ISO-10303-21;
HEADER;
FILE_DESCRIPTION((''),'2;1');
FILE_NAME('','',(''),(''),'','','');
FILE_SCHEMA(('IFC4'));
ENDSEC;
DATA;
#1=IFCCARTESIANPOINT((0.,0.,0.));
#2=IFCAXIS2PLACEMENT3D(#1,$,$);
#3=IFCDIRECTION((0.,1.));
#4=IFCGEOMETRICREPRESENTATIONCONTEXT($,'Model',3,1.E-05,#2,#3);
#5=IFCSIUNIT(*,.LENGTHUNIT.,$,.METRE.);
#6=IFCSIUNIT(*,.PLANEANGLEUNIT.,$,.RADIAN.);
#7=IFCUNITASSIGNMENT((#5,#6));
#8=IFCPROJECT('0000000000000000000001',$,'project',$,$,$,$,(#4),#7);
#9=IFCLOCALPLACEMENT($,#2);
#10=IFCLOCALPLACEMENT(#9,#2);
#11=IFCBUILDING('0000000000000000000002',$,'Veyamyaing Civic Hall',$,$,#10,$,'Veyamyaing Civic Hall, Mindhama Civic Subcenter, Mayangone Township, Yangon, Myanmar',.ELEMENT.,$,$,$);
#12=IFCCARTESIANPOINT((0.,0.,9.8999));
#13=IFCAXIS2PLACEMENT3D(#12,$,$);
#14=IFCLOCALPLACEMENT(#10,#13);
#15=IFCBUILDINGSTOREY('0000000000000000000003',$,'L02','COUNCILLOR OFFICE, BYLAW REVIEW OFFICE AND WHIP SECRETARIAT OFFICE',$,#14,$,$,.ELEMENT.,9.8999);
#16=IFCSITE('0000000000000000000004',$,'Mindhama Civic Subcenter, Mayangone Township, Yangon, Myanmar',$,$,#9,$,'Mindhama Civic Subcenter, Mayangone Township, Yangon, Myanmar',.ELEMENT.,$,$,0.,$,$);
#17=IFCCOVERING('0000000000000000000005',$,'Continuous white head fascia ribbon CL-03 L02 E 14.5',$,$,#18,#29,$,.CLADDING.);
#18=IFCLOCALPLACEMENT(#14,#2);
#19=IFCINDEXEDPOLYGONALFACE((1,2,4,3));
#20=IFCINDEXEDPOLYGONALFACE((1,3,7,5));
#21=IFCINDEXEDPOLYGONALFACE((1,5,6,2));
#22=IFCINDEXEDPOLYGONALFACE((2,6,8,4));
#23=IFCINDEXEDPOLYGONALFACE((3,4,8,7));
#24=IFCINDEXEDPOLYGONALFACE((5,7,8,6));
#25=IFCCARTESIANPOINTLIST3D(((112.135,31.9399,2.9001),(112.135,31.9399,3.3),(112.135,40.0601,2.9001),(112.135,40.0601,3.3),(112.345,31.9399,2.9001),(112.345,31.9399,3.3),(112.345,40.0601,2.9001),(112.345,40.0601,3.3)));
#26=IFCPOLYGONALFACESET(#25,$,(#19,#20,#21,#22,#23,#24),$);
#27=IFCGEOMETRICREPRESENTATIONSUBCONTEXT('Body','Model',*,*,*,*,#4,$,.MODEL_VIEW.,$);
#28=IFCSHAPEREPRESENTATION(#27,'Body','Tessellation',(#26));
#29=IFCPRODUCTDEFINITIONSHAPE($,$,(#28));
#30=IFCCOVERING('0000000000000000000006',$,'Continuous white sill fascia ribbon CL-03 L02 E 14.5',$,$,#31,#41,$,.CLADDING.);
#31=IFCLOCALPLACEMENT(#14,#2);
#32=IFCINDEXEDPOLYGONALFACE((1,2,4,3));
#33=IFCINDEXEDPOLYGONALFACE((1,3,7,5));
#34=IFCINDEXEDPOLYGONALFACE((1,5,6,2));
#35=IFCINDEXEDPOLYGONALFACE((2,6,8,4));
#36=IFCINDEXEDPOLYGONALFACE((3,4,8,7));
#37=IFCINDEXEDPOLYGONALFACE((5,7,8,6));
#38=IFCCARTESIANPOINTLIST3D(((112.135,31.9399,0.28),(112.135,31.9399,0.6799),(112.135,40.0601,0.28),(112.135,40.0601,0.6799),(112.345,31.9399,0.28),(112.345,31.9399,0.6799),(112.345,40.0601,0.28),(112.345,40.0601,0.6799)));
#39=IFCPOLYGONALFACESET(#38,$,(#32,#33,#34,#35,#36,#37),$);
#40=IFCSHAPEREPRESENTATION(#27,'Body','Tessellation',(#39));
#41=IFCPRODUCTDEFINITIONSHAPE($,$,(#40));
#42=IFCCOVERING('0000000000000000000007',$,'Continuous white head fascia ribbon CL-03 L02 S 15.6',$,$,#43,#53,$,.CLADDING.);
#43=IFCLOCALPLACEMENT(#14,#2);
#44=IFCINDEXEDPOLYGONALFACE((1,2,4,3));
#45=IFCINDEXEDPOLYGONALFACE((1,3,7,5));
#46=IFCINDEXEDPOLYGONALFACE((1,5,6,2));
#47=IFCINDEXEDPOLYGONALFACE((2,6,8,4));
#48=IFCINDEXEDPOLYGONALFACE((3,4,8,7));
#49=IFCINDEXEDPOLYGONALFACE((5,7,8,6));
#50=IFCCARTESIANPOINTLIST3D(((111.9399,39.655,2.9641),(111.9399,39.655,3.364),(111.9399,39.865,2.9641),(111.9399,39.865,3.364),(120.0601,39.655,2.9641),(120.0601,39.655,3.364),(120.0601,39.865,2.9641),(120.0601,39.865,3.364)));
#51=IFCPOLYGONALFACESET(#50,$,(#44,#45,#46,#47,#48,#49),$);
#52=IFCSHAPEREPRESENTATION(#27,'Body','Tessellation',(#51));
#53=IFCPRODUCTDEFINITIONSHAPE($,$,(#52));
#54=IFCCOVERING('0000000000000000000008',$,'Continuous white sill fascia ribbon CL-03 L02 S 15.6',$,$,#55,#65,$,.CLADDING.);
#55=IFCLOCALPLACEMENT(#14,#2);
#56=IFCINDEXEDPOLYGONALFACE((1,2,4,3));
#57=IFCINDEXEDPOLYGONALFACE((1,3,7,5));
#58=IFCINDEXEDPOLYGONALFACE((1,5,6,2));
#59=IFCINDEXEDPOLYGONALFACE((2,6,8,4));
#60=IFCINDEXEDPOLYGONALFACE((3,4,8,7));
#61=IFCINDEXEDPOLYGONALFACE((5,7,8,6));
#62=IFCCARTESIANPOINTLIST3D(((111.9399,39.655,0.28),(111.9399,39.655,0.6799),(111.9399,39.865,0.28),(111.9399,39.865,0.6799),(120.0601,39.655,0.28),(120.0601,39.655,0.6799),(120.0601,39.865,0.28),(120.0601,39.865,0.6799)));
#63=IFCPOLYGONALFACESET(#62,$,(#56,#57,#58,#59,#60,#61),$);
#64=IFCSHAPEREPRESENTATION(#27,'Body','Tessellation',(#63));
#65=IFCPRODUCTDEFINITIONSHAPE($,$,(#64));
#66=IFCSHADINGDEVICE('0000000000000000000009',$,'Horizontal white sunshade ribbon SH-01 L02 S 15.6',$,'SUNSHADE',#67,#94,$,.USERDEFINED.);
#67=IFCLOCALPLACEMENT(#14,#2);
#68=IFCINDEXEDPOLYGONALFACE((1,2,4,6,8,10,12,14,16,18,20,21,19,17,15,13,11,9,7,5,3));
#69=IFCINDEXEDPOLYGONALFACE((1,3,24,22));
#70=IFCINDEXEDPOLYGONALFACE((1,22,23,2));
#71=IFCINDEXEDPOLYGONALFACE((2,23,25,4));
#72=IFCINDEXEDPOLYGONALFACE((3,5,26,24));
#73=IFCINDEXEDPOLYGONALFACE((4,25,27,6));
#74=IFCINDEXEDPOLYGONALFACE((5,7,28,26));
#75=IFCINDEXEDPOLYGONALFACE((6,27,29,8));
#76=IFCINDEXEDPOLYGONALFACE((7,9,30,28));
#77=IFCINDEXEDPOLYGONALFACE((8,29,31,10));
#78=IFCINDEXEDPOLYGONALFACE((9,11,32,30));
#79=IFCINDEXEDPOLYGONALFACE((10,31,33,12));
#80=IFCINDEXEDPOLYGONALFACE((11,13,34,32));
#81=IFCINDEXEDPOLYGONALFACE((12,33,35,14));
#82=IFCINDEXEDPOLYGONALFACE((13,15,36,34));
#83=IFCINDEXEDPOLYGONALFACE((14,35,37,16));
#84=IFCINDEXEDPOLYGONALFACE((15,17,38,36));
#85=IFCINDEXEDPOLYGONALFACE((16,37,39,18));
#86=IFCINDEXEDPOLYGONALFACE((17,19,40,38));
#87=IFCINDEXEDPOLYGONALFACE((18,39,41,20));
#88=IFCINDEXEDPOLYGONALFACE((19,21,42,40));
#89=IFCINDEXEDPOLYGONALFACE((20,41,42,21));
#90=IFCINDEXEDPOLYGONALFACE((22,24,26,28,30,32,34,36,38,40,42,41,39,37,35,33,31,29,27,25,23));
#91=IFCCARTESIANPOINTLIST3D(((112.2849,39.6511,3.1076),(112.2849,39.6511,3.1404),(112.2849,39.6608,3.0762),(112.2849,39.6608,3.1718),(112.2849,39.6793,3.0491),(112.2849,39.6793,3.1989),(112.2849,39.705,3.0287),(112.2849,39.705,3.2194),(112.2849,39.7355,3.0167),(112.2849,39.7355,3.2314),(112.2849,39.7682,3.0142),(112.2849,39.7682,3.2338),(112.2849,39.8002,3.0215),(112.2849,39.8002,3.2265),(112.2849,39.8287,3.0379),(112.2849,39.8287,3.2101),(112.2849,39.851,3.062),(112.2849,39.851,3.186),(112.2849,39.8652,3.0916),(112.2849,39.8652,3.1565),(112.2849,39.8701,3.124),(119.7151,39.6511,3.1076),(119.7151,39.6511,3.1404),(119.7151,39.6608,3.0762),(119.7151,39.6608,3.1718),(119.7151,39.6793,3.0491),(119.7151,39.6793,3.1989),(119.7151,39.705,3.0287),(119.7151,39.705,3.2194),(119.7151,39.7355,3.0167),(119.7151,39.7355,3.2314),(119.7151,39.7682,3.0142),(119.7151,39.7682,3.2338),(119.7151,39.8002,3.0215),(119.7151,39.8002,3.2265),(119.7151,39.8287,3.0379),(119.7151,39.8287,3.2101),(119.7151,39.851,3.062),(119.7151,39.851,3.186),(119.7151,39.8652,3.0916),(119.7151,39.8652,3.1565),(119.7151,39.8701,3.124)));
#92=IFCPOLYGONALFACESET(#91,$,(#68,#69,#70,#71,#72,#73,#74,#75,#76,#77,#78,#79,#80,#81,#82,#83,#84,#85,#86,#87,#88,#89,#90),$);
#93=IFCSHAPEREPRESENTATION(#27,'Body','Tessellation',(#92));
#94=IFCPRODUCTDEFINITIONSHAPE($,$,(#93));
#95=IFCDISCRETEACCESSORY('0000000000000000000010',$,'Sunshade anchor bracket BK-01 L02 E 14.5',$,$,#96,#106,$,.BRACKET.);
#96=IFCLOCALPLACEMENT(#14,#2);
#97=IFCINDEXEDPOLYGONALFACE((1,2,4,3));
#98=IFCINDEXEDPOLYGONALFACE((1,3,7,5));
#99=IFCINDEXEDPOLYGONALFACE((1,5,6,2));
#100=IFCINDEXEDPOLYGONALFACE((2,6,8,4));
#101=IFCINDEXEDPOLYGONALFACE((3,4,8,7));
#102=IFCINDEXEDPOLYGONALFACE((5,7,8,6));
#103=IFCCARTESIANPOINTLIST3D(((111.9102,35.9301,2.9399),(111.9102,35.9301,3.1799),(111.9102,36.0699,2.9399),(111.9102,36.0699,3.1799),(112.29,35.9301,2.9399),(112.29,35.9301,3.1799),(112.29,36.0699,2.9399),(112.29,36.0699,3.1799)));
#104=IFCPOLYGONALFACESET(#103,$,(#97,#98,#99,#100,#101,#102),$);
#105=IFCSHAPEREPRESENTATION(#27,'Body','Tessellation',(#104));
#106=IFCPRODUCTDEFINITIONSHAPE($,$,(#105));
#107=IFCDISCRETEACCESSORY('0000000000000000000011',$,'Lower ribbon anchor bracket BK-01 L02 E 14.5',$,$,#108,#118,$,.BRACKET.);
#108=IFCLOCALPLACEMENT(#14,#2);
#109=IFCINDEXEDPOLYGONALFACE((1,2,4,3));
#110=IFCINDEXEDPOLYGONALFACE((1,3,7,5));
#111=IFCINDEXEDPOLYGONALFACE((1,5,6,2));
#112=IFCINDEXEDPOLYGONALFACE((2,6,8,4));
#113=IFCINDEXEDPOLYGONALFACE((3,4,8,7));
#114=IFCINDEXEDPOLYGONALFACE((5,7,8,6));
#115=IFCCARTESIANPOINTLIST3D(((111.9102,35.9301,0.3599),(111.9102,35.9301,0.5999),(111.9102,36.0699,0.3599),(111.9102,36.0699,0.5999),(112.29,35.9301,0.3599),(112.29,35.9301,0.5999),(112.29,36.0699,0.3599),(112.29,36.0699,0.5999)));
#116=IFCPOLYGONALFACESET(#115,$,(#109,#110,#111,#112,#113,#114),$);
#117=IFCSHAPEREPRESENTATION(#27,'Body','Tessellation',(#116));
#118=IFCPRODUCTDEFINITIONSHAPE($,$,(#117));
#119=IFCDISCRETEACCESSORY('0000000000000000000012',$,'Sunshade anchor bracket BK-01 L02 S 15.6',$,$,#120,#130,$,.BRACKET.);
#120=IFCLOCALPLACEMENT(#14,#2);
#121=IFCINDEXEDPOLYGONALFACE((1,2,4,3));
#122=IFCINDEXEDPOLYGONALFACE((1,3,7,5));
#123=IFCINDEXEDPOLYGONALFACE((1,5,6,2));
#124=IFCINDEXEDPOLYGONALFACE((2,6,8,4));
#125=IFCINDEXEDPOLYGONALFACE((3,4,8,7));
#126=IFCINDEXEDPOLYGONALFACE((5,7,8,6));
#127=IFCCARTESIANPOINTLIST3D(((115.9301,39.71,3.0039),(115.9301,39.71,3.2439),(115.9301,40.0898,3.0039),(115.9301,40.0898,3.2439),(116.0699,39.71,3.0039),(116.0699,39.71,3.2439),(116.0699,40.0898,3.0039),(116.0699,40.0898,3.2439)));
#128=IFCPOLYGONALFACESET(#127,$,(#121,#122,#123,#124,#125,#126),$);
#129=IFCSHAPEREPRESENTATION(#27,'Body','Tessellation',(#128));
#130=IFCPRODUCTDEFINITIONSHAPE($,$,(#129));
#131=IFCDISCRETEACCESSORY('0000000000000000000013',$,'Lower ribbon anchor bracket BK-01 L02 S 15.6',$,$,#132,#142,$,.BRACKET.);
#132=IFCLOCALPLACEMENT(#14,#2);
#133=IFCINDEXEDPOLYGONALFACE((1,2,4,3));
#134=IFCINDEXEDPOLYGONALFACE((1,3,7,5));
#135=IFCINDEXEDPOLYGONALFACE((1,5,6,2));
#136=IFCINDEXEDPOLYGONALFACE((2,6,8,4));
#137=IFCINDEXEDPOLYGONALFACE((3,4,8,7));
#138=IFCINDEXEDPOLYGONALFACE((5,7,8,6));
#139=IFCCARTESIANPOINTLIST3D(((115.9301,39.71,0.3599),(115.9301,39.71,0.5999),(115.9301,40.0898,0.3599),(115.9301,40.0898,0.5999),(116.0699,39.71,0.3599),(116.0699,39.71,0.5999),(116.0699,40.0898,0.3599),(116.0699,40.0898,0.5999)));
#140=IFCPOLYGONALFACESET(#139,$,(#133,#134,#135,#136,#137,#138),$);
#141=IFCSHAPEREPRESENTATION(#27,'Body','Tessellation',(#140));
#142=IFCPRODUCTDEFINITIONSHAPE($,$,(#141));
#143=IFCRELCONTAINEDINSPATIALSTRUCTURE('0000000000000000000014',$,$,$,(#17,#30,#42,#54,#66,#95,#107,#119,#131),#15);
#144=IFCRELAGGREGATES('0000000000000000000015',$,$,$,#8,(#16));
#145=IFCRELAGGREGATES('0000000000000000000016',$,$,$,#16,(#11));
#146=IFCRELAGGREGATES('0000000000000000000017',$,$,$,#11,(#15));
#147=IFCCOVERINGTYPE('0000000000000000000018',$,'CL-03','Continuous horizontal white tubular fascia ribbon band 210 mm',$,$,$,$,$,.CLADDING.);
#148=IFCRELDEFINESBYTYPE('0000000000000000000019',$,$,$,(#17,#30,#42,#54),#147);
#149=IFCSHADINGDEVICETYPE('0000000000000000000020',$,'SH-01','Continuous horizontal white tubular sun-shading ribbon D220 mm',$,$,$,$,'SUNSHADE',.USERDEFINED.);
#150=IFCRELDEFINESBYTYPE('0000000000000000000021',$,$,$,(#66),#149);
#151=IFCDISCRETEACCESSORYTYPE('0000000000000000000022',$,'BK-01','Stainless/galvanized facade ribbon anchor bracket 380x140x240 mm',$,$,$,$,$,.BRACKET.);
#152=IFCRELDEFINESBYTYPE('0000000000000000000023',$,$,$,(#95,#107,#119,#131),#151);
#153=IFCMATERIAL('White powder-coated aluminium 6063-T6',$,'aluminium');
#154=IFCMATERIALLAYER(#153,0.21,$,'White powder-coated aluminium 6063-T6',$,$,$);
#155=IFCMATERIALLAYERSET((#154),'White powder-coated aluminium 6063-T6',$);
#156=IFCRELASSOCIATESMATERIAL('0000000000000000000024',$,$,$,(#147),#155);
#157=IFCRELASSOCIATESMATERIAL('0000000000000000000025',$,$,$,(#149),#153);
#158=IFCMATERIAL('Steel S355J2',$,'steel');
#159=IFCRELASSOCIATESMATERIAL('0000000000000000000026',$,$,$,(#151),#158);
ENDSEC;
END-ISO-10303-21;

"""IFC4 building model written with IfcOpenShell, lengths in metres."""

from ifc_helpers import new_model, si_unit, direction, frame, origin, origin_2d, place, context, subcontext, project, spatial, rectangle, circle, extrude, material, layer, layer_set, material_profile, profile_set, type_object, element, save


model = new_model("IFC4")

# Units and contexts
model_context = context("Model", 3, precision=1e-05, world=origin(), true_north=direction((0.0, 1.0)))
body_context = subcontext(model_context, "Body", "Model", "MODEL_VIEW")
ifc_project = project(units=[si_unit("LENGTHUNIT", "METRE"), si_unit("PLANEANGLEUNIT", "RADIAN")], contexts=[model_context])

# Site, building, storey
site_placement = place(None, origin())
site = spatial("IfcSite", under=ifc_project, at=site_placement, Name="Mindhama Civic Subcenter, Mayangone Township, Yangon, Myanmar", LongName="Mindhama Civic Subcenter, Mayangone Township, Yangon, Myanmar", CompositionType="ELEMENT", RefElevation=0.0)
building_placement = place(site_placement, origin())
building = spatial("IfcBuilding", under=site, at=building_placement, Name="Veyamyaing Civic Hall", LongName="Veyamyaing Civic Hall, Mindhama Civic Subcenter, Mayangone Township, Yangon, Myanmar", CompositionType="ELEMENT")
storey_placement = place(building_placement, frame((0.0, 0.0, 9.8999)))
storey = spatial("IfcBuildingStorey", under=building, at=storey_placement, Name="L02", Description="COUNCILLOR OFFICE, BYLAW REVIEW OFFICE AND WHIP SECRETARIAT OFFICE", CompositionType="ELEMENT", Elevation=9.8999)

# Shared definitions
ifc_material_1 = material(Name="Steel S355J2", Category="steel")

# Coverings
ifc_material_2 = material(Name="White powder-coated aluminium 6063-T6", Category="aluminium")
ifc_layer_1 = layer(ifc_material_2, 0.21, Name="White powder-coated aluminium 6063-T6")
ifc_layer_set_1 = layer_set([ifc_layer_1], Name="White powder-coated aluminium 6063-T6")
covering_type_1 = type_object("IfcCoveringType", Name="CL-03", Description="Continuous horizontal white tubular fascia ribbon band 210 mm", PredefinedType="CLADDING", material=ifc_layer_set_1)
for number, where, z_axis, x_axis, name in (
    (1, (112.24, 36.0, 2.9001), (0.0, 0.0, 1.0), (0.0, 1.0, 0.0), "Continuous white head fascia ribbon CL-03 L02 E 14.5"),
    (2, (112.24, 36.0, 0.28), (0.0, 0.0, 1.0), (0.0, 1.0, 0.0), "Continuous white sill fascia ribbon CL-03 L02 E 14.5"),
    (3, (116.0, 39.76, 2.9641), (0.0, 0.0, 1.0), (1.0, 0.0, 0.0), "Continuous white head fascia ribbon CL-03 L02 S 15.6"),
    (4, (116.0, 39.76, 0.28), (0.0, 0.0, 1.0), (1.0, 0.0, 0.0), "Continuous white sill fascia ribbon CL-03 L02 S 15.6"),
):
    element("IfcCovering", number, at=place(storey_placement, frame(where, z_axis=z_axis, x_axis=x_axis)), inside=storey, type_object=covering_type_1, Name=name, PredefinedType="CLADDING", context=body_context, shape_type="SweptSolid", body=[
        extrude(rectangle(XDim=8.1201, YDim=0.21, at=origin_2d()), origin(), (0.0, 0.0, 1.0), 0.3999),
    ])

# Shading device
ifc_material_profile_1 = material_profile(ifc_material_2, circle(Radius=0.1101, at=origin_2d()), Name="SHADE-TUBE-220")
ifc_profile_set_1 = profile_set([ifc_material_profile_1], Name="White powder-coated aluminium 6063-T6")
shading_device_type = type_object("IfcShadingDeviceType", Name="SH-01", Description="Continuous horizontal white tubular sun-shading ribbon D220 mm", ElementType="SUNSHADE", PredefinedType="USERDEFINED", material=ifc_profile_set_1)
shading_device_placement = place(storey_placement, frame((112.2849, 39.76, 3.124), z_axis=(1.0, 0.0, 0.0), x_axis=(0.0, 1.0, 0.0)))
element("IfcShadingDevice", 5, at=shading_device_placement, inside=storey, type_object=shading_device_type, Name="Horizontal white sunshade ribbon SH-01 L02 S 15.6", ObjectType="SUNSHADE", PredefinedType="USERDEFINED", context=body_context, shape_type="SweptSolid", body=[
    extrude(circle(Radius=0.1101, at=origin_2d()), origin(), (0.0, 0.0, 1.0), 7.4302),
])

# Discrete accessories
discrete_accessory_type = type_object("IfcDiscreteAccessoryType", Name="BK-01", Description="Stainless/galvanized facade ribbon anchor bracket 380x140x240 mm", PredefinedType="BRACKET", material=ifc_material_1)
for number, where, z_axis, x_axis, name in (
    (6, (112.1001, 36.0, 2.9399), (0.0, 0.0, 1.0), (1.0, 0.0, 0.0), "Sunshade anchor bracket BK-01 L02 E 14.5"),
    (7, (112.1001, 36.0, 0.3599), (0.0, 0.0, 1.0), (1.0, 0.0, 0.0), "Lower ribbon anchor bracket BK-01 L02 E 14.5"),
    (8, (116.0, 39.8999, 3.0039), (0.0, 0.0, 1.0), (0.0, -1.0, 0.0), "Sunshade anchor bracket BK-01 L02 S 15.6"),
    (9, (116.0, 39.8999, 0.3599), (0.0, 0.0, 1.0), (0.0, -1.0, 0.0), "Lower ribbon anchor bracket BK-01 L02 S 15.6"),
):
    element("IfcDiscreteAccessory", number, at=place(storey_placement, frame(where, z_axis=z_axis, x_axis=x_axis)), inside=storey, type_object=discrete_accessory_type, Name=name, PredefinedType="BRACKET", context=body_context, shape_type="SweptSolid", body=[
        extrude(rectangle(XDim=0.3799, YDim=0.1399, at=origin_2d()), origin(), (0.0, 0.0, 1.0), 0.24),
    ])

save(model, "model.ifc")
